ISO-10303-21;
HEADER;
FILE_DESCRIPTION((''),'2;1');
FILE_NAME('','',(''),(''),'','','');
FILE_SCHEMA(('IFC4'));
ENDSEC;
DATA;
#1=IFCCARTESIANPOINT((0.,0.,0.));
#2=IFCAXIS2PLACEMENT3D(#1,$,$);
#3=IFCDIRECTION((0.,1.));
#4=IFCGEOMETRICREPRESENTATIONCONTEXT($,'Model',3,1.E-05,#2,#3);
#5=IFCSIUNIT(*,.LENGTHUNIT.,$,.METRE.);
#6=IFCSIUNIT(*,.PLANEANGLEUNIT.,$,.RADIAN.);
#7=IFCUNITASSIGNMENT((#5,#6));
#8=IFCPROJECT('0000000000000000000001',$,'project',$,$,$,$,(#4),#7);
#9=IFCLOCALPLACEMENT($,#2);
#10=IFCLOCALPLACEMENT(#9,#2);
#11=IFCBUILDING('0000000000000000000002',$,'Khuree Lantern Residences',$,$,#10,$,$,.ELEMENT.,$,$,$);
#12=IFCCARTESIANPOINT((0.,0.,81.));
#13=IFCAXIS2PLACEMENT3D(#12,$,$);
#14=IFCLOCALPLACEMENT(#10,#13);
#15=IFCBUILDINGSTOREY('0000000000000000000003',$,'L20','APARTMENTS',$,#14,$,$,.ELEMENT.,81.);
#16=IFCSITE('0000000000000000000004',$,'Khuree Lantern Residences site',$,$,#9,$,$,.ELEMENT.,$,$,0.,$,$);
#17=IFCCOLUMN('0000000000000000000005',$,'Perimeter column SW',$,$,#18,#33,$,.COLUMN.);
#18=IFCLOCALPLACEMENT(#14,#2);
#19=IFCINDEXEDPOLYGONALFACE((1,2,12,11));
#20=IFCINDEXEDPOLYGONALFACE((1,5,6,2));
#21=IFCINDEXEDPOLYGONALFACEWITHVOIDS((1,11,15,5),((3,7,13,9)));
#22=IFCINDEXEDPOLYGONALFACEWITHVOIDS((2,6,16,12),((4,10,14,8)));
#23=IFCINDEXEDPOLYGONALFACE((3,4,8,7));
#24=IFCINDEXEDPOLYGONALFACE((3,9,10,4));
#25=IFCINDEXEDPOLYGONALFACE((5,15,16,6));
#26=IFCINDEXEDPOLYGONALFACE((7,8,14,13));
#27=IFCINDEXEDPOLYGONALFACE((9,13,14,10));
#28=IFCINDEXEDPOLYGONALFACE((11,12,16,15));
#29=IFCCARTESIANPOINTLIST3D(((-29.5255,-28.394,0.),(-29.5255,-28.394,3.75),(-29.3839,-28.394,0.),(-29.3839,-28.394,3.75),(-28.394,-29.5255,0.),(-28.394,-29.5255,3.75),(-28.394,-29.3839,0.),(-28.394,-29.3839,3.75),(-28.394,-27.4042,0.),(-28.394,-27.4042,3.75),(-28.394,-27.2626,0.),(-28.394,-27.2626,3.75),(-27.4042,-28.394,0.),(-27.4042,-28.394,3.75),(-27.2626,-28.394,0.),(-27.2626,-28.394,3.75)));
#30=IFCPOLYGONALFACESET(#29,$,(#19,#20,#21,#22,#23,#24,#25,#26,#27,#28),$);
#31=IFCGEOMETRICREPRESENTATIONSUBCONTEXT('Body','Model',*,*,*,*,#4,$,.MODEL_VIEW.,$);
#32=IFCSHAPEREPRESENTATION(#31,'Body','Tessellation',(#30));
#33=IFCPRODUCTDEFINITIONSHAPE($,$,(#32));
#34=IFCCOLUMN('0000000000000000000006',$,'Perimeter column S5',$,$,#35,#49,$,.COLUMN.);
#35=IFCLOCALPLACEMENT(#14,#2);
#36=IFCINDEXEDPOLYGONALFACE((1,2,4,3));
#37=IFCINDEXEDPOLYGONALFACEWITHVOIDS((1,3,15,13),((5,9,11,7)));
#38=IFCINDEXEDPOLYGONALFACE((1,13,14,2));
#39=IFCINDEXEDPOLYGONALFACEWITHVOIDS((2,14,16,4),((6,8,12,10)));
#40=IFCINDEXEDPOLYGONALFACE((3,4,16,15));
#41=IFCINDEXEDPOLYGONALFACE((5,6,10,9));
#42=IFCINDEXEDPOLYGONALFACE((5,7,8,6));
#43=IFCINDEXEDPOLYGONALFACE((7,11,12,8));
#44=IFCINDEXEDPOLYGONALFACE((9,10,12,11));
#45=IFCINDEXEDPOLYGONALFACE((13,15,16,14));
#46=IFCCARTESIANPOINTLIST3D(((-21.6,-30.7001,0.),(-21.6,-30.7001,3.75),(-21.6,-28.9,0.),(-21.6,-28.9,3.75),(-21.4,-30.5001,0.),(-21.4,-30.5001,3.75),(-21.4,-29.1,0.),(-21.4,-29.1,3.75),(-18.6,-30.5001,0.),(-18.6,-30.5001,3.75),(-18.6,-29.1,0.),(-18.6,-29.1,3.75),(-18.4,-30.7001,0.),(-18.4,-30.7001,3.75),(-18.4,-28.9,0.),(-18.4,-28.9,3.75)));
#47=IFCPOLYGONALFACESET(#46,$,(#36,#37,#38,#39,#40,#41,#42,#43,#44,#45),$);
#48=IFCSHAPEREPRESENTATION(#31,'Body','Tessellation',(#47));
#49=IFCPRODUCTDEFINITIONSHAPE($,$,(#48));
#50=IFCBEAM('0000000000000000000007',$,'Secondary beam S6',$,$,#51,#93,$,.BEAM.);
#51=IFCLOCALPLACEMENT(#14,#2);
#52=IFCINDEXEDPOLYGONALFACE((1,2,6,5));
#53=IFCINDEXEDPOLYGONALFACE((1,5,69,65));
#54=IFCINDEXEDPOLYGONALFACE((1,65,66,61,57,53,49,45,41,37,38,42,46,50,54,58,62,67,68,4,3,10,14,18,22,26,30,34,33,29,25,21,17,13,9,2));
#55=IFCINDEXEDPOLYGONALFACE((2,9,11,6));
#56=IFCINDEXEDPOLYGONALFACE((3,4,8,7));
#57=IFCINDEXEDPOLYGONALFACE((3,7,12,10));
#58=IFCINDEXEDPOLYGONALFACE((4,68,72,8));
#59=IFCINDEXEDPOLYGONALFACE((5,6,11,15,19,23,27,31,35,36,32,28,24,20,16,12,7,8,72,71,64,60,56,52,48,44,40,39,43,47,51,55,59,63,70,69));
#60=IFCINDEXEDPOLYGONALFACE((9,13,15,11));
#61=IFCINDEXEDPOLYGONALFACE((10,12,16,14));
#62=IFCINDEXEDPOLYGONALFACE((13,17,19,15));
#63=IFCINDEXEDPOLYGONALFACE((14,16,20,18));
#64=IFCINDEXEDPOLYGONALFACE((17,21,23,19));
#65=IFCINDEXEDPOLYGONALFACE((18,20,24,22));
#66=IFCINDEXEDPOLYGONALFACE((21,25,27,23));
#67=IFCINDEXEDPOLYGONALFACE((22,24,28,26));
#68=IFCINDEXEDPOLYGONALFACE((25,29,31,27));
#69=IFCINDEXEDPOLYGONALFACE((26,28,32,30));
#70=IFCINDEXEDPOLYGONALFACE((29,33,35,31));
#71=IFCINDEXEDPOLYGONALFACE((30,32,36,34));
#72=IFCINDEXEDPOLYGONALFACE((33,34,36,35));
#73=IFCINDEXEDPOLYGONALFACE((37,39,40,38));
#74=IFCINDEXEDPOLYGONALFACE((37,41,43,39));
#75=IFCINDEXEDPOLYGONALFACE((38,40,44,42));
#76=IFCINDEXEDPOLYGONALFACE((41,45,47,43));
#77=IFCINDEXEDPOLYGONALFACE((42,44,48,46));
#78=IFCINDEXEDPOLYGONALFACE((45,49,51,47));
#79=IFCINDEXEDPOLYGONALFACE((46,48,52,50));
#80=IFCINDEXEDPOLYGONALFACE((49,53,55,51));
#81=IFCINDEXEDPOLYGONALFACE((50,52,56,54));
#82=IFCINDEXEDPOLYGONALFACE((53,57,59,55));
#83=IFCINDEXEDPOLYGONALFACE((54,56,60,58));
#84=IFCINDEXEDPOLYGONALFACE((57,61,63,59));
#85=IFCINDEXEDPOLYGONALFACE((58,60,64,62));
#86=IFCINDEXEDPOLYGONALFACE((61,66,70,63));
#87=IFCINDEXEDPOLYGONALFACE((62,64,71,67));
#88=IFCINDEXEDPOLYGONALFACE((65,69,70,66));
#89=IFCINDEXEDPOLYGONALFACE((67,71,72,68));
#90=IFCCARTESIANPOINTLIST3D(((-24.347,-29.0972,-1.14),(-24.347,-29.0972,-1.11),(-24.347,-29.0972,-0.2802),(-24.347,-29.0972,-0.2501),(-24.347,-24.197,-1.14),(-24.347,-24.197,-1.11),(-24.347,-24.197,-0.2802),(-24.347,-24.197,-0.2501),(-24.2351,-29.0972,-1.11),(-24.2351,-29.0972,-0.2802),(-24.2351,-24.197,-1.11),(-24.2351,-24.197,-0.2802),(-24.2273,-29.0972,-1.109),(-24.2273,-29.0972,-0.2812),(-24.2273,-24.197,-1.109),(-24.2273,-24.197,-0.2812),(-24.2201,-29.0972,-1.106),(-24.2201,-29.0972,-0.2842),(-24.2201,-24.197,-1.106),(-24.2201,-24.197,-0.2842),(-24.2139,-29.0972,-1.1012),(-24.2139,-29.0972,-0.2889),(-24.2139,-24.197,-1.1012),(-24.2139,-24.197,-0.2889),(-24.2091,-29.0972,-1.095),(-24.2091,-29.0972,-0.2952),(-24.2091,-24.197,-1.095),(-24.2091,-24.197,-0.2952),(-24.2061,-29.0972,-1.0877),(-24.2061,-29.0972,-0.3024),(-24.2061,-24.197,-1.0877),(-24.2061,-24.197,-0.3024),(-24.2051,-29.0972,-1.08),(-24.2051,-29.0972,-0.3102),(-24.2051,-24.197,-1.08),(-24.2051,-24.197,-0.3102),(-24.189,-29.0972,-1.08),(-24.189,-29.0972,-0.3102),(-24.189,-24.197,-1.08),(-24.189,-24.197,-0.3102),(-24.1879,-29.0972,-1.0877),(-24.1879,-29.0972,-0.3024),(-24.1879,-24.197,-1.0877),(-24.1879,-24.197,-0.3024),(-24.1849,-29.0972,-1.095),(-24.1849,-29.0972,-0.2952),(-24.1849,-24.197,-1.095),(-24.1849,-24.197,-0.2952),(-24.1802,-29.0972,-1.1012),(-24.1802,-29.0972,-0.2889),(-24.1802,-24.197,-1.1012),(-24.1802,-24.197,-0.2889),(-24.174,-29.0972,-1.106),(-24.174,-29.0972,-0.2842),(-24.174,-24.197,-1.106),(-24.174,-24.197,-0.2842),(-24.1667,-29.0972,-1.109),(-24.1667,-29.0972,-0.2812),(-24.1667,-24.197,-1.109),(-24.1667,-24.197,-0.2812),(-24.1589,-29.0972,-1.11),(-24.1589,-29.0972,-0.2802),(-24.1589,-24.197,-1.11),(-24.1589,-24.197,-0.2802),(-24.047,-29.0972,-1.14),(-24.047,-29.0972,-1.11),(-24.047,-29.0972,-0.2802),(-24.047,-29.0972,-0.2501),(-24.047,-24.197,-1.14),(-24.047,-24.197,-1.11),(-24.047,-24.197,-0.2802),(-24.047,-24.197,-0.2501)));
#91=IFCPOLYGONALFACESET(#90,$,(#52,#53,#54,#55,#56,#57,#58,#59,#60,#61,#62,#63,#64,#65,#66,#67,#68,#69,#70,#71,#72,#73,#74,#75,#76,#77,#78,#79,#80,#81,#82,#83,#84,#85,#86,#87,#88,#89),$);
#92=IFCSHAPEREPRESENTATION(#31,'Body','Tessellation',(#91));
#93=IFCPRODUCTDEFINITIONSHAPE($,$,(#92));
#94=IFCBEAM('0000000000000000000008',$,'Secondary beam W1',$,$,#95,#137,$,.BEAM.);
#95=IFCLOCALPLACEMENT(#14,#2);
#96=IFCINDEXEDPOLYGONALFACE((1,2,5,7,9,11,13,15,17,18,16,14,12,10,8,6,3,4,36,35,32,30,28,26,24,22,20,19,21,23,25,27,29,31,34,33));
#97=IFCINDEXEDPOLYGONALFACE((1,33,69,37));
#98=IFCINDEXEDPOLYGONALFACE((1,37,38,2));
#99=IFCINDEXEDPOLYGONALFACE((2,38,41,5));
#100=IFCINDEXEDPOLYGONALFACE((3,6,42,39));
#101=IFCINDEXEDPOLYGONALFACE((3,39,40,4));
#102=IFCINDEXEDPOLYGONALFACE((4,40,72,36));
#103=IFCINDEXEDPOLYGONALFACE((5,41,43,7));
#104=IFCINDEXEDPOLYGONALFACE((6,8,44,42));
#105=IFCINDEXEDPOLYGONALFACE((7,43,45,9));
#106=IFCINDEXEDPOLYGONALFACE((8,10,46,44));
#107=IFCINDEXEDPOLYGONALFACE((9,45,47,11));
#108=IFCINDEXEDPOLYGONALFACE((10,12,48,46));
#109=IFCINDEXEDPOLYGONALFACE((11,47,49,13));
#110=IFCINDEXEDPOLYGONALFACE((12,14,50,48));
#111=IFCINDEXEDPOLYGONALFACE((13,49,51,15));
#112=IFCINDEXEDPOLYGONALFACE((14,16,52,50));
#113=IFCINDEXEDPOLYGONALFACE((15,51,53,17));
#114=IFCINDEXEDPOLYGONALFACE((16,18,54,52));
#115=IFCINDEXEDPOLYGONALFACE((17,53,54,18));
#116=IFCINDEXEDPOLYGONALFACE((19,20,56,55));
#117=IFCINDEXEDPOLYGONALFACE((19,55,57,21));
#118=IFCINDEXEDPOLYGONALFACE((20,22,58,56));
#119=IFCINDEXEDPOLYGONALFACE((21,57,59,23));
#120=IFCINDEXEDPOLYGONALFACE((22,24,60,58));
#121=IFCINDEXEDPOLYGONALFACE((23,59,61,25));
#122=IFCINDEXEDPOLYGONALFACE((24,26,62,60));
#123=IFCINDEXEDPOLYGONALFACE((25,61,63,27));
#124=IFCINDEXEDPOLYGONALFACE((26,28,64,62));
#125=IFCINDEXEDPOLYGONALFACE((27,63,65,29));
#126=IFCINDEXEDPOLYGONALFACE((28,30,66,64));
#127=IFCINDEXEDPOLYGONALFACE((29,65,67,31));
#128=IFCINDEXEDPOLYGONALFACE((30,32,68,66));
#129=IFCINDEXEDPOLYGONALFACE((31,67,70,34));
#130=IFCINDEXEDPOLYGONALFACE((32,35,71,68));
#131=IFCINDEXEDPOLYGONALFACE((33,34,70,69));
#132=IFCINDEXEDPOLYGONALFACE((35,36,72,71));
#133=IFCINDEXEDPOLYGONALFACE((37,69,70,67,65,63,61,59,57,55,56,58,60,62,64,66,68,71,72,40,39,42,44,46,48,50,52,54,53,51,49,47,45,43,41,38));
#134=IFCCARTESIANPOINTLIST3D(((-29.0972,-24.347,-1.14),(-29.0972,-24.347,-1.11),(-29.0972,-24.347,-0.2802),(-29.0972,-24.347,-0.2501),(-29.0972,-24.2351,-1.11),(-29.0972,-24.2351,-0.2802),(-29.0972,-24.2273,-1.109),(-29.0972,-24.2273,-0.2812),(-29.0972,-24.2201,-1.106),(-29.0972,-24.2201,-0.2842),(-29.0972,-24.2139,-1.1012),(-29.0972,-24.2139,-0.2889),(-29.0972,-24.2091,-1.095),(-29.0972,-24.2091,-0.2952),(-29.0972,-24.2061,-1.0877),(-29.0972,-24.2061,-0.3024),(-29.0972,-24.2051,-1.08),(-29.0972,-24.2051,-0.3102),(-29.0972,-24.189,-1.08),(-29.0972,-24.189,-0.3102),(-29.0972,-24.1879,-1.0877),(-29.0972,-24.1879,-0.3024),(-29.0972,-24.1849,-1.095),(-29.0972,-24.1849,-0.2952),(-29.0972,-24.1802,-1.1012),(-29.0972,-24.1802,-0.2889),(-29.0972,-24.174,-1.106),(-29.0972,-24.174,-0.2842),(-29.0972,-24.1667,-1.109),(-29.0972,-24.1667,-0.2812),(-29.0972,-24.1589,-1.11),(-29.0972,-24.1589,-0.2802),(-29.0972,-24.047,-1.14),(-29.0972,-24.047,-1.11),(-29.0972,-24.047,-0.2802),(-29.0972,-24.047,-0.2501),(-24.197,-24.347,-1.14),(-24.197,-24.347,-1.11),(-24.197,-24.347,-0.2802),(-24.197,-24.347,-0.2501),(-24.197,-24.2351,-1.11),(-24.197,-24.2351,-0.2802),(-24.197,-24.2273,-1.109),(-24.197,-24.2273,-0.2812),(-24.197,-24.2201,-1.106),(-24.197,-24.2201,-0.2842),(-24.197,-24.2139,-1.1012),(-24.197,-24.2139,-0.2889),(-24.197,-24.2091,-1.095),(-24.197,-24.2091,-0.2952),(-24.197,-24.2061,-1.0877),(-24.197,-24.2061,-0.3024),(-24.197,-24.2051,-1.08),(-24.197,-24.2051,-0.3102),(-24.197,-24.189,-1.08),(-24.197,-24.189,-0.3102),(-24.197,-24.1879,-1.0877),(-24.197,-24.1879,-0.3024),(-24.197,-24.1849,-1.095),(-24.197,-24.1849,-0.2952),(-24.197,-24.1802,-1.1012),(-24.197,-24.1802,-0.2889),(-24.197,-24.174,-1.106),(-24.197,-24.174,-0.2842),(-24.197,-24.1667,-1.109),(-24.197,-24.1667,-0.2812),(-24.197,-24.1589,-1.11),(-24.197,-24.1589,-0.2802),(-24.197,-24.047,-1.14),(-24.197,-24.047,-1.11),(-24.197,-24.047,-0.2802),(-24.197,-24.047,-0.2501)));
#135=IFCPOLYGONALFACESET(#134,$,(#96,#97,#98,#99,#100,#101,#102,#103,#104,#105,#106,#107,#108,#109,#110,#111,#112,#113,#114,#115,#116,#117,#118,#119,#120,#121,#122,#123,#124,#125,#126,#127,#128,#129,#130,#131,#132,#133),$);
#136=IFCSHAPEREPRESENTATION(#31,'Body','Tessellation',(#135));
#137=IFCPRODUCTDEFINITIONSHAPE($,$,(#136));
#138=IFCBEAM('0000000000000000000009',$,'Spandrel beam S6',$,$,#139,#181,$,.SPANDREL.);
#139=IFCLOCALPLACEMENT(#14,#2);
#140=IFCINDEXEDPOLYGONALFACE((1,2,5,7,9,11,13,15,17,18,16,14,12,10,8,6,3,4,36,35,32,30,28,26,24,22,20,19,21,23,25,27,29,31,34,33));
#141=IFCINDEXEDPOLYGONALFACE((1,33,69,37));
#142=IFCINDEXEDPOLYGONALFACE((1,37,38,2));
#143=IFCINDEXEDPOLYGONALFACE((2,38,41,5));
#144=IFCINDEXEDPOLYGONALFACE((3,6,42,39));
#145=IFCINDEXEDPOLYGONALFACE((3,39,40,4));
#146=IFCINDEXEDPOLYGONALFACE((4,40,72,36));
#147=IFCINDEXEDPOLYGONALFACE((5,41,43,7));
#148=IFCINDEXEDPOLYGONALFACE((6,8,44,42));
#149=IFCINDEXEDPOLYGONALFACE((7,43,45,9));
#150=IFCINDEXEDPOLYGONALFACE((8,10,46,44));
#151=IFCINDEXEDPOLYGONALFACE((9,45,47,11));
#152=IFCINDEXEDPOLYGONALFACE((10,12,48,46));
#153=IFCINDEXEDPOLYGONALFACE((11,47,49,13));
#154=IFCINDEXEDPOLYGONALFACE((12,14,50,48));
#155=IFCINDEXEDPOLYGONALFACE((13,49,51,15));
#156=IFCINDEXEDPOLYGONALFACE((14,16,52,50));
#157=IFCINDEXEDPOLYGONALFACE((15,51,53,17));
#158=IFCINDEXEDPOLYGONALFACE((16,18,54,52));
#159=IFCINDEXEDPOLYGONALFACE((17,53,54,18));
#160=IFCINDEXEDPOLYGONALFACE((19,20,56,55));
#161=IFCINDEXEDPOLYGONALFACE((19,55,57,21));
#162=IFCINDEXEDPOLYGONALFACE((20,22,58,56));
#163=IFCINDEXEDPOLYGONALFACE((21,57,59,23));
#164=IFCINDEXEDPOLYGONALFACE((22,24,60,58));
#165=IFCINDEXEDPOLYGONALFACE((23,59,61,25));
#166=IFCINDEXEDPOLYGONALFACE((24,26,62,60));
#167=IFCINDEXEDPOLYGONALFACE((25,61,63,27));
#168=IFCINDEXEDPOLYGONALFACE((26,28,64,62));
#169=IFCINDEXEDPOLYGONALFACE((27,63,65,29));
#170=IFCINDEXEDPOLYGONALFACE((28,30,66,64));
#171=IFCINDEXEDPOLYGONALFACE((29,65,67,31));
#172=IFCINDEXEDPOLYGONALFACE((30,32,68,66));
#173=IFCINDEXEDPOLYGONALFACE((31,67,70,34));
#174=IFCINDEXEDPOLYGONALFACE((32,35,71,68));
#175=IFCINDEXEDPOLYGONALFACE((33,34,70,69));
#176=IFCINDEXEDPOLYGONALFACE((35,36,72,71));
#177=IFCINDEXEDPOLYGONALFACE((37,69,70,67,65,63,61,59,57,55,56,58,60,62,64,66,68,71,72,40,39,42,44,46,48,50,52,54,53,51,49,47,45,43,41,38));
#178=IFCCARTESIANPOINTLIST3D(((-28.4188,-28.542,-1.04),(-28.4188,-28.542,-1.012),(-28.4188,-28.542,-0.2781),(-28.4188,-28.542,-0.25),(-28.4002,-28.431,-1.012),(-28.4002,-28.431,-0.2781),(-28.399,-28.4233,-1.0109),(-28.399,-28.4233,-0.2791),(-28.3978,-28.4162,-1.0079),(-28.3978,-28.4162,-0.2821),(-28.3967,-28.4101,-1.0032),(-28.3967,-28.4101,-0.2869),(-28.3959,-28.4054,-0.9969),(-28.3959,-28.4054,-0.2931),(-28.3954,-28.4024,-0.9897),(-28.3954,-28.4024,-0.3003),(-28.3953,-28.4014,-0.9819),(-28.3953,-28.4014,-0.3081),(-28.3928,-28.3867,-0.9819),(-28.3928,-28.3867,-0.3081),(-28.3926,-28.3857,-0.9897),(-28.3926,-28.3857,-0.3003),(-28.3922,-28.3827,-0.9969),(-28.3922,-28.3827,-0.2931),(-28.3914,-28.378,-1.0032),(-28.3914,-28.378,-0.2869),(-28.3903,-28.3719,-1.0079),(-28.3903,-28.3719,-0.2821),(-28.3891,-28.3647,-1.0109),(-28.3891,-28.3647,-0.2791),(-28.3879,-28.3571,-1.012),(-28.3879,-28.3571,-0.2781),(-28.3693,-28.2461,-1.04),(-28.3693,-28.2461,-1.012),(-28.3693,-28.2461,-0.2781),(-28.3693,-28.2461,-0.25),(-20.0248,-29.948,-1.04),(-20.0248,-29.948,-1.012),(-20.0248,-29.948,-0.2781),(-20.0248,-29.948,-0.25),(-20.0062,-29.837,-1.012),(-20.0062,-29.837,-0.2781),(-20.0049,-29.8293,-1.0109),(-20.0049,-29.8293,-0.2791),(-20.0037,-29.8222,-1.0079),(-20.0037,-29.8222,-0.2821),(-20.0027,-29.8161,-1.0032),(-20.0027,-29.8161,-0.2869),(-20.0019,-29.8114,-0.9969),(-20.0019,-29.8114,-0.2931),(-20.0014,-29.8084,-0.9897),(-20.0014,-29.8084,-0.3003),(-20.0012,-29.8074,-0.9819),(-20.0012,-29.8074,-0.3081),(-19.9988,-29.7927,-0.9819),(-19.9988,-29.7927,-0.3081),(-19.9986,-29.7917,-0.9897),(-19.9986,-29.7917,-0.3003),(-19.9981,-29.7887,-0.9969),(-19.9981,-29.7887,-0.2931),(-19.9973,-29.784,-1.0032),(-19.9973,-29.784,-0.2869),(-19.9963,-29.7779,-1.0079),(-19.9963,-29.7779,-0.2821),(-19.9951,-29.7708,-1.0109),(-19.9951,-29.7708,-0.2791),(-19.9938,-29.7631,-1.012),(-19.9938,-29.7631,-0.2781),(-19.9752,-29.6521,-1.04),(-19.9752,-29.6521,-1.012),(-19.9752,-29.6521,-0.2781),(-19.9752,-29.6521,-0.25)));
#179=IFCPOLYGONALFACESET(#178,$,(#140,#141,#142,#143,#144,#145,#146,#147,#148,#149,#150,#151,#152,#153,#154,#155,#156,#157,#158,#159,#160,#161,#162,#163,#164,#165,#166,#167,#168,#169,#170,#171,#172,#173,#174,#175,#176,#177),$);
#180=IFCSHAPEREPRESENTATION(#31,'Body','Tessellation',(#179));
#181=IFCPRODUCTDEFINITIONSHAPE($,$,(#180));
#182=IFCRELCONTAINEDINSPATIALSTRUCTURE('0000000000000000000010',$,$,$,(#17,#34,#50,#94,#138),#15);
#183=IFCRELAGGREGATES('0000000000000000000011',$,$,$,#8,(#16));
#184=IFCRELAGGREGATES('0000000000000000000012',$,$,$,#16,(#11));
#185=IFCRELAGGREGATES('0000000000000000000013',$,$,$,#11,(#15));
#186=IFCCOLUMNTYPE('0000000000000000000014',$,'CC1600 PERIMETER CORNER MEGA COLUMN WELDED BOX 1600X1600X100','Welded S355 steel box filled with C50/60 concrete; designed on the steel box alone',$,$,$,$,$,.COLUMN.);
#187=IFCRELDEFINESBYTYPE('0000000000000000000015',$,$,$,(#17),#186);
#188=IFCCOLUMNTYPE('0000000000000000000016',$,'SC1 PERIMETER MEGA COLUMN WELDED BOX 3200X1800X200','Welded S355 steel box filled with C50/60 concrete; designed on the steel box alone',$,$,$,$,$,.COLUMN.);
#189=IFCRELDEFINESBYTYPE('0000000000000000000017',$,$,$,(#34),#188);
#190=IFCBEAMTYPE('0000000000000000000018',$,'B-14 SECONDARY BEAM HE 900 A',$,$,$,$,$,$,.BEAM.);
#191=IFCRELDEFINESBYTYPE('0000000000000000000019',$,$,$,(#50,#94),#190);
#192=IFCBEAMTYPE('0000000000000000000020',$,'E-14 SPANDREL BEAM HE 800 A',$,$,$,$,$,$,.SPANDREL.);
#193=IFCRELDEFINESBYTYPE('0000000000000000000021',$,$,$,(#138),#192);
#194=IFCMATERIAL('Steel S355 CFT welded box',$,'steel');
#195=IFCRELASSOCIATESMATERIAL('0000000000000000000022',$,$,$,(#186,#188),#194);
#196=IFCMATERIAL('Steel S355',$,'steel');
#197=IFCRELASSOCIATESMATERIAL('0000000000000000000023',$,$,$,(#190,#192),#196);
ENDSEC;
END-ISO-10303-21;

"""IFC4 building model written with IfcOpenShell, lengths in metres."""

from ifc_helpers import new_model, si_unit, direction, frame, origin, origin_2d, place, context, subcontext, project, spatial, hollow_rectangle, i_section, extrude, material, material_profile, profile_set, type_object, element, save


model = new_model("IFC4")

# Units and contexts
model_context = context("Model", 3, precision=1e-05, world=origin(), true_north=direction((0.0, 1.0)))
body_context = subcontext(model_context, "Body", "Model", "MODEL_VIEW")
ifc_project = project(units=[si_unit("LENGTHUNIT", "METRE"), si_unit("PLANEANGLEUNIT", "RADIAN")], contexts=[model_context])

# Site, building, storey
site_placement = place(None, origin())
site = spatial("IfcSite", under=ifc_project, at=site_placement, Name="Khuree Lantern Residences site", CompositionType="ELEMENT", RefElevation=0.0)
building_placement = place(site_placement, origin())
building = spatial("IfcBuilding", under=site, at=building_placement, Name="Khuree Lantern Residences", CompositionType="ELEMENT")
storey_placement = place(building_placement, frame((0.0, 0.0, 81.0)))
storey = spatial("IfcBuildingStorey", under=building, at=storey_placement, Name="L20", Description="APARTMENTS", CompositionType="ELEMENT", Elevation=81.0)

# Columns
ifc_material_1 = material(Name="Steel S355 CFT welded box", Category="steel")
ifc_material_profile_1 = material_profile(ifc_material_1, hollow_rectangle(XDim=1.6001, YDim=1.6001, WallThickness=0.1001, at=origin_2d()), Name="WELDED BOX 1600X1600X100")
ifc_profile_set_1 = profile_set([ifc_material_profile_1], Name="Steel S355 CFT welded box")
column_type_1 = type_object("IfcColumnType", Name="CC1600 PERIMETER CORNER MEGA COLUMN WELDED BOX 1600X1600X100", Description="Welded S355 steel box filled with C50/60 concrete; designed on the steel box alone", PredefinedType="COLUMN", material=ifc_profile_set_1)
column_1_placement = place(storey_placement, frame((-28.394, -28.394, 0.0), z_axis=(0.0, 0.0, 1.0), x_axis=(0.707107, -0.707107, 0.0)))
element("IfcColumn", 1, at=column_1_placement, inside=storey, type_object=column_type_1, Name="Perimeter column SW", PredefinedType="COLUMN", context=body_context, shape_type="SweptSolid", body=[
    extrude(hollow_rectangle(XDim=1.6001, YDim=1.6001, WallThickness=0.1001, at=origin_2d()), origin(), (0.0, 0.0, 1.0), 3.75),
])
ifc_material_profile_2 = material_profile(ifc_material_1, hollow_rectangle(XDim=3.2, YDim=1.8, WallThickness=0.2, at=origin_2d()), Name="WELDED BOX 3200X1800X200")
ifc_profile_set_2 = profile_set([ifc_material_profile_2], Name="Steel S355 CFT welded box")
column_type_2 = type_object("IfcColumnType", Name="SC1 PERIMETER MEGA COLUMN WELDED BOX 3200X1800X200", Description="Welded S355 steel box filled with C50/60 concrete; designed on the steel box alone", PredefinedType="COLUMN", material=ifc_profile_set_2)
column_2_placement = place(storey_placement, frame((-20.0, -29.8, 0.0), z_axis=(0.0, 0.0, 1.0), x_axis=(1.0, 0.0, 0.0)))
element("IfcColumn", 2, at=column_2_placement, inside=storey, type_object=column_type_2, Name="Perimeter column S5", PredefinedType="COLUMN", context=body_context, shape_type="SweptSolid", body=[
    extrude(hollow_rectangle(XDim=3.2, YDim=1.8, WallThickness=0.2, at=origin_2d()), origin(), (0.0, 0.0, 1.0), 3.75),
])

# Beams
ifc_material_2 = material(Name="Steel S355", Category="steel")
ifc_material_profile_3 = material_profile(ifc_material_2, i_section(OverallWidth=0.3, OverallDepth=0.8899, WebThickness=0.0161, FlangeThickness=0.03, FilletRadius=0.03, at=origin_2d()), Name="HE 900 A")
ifc_profile_set_3 = profile_set([ifc_material_profile_3], Name="Steel S355")
beam_type_1 = type_object("IfcBeamType", Name="B-14 SECONDARY BEAM HE 900 A", PredefinedType="BEAM", material=ifc_profile_set_3)
for number, where, z_axis, x_axis, name in (
    (3, (-24.197, -29.0972, -0.6951), (0.0, 1.0, 0.0), (-1.0, 0.0, 0.0), "Secondary beam S6"),
    (4, (-29.0972, -24.197, -0.6951), (1.0, 0.0, 0.0), (0.0, 1.0, 0.0), "Secondary beam W1"),
):
    element("IfcBeam", number, at=place(storey_placement, frame(where, z_axis=z_axis, x_axis=x_axis)), inside=storey, type_object=beam_type_1, Name=name, PredefinedType="BEAM", context=body_context, shape_type="SweptSolid", body=[
        extrude(i_section(OverallWidth=0.3, OverallDepth=0.8899, WebThickness=0.0161, FlangeThickness=0.03, FilletRadius=0.03, at=origin_2d()), origin(), (0.0, 0.0, 1.0), 4.9001),
    ])
ifc_material_profile_4 = material_profile(ifc_material_2, i_section(OverallWidth=0.3, OverallDepth=0.79, WebThickness=0.0149, FlangeThickness=0.0281, FilletRadius=0.03, at=origin_2d()), Name="HE 800 A")
ifc_profile_set_4 = profile_set([ifc_material_profile_4], Name="Steel S355")
beam_type_2 = type_object("IfcBeamType", Name="E-14 SPANDREL BEAM HE 800 A", PredefinedType="SPANDREL", material=ifc_profile_set_4)
for number, where, z_axis, x_axis, name in (
    (5, (-20.0, -29.8, -0.645), (-0.98626, 0.165199, 0.0), (-0.165199, -0.98626, 0.0), "Spandrel beam S6"),
):
    element("IfcBeam", number, at=place(storey_placement, frame(where, z_axis=z_axis, x_axis=x_axis)), inside=storey, type_object=beam_type_2, Name=name, PredefinedType="SPANDREL", context=body_context, shape_type="SweptSolid", body=[
        extrude(i_section(OverallWidth=0.3, OverallDepth=0.79, WebThickness=0.0149, FlangeThickness=0.0281, FilletRadius=0.03, at=origin_2d()), origin(), (0.0, 0.0, 1.0), 8.511),
    ])

save(model, "model.ifc")
